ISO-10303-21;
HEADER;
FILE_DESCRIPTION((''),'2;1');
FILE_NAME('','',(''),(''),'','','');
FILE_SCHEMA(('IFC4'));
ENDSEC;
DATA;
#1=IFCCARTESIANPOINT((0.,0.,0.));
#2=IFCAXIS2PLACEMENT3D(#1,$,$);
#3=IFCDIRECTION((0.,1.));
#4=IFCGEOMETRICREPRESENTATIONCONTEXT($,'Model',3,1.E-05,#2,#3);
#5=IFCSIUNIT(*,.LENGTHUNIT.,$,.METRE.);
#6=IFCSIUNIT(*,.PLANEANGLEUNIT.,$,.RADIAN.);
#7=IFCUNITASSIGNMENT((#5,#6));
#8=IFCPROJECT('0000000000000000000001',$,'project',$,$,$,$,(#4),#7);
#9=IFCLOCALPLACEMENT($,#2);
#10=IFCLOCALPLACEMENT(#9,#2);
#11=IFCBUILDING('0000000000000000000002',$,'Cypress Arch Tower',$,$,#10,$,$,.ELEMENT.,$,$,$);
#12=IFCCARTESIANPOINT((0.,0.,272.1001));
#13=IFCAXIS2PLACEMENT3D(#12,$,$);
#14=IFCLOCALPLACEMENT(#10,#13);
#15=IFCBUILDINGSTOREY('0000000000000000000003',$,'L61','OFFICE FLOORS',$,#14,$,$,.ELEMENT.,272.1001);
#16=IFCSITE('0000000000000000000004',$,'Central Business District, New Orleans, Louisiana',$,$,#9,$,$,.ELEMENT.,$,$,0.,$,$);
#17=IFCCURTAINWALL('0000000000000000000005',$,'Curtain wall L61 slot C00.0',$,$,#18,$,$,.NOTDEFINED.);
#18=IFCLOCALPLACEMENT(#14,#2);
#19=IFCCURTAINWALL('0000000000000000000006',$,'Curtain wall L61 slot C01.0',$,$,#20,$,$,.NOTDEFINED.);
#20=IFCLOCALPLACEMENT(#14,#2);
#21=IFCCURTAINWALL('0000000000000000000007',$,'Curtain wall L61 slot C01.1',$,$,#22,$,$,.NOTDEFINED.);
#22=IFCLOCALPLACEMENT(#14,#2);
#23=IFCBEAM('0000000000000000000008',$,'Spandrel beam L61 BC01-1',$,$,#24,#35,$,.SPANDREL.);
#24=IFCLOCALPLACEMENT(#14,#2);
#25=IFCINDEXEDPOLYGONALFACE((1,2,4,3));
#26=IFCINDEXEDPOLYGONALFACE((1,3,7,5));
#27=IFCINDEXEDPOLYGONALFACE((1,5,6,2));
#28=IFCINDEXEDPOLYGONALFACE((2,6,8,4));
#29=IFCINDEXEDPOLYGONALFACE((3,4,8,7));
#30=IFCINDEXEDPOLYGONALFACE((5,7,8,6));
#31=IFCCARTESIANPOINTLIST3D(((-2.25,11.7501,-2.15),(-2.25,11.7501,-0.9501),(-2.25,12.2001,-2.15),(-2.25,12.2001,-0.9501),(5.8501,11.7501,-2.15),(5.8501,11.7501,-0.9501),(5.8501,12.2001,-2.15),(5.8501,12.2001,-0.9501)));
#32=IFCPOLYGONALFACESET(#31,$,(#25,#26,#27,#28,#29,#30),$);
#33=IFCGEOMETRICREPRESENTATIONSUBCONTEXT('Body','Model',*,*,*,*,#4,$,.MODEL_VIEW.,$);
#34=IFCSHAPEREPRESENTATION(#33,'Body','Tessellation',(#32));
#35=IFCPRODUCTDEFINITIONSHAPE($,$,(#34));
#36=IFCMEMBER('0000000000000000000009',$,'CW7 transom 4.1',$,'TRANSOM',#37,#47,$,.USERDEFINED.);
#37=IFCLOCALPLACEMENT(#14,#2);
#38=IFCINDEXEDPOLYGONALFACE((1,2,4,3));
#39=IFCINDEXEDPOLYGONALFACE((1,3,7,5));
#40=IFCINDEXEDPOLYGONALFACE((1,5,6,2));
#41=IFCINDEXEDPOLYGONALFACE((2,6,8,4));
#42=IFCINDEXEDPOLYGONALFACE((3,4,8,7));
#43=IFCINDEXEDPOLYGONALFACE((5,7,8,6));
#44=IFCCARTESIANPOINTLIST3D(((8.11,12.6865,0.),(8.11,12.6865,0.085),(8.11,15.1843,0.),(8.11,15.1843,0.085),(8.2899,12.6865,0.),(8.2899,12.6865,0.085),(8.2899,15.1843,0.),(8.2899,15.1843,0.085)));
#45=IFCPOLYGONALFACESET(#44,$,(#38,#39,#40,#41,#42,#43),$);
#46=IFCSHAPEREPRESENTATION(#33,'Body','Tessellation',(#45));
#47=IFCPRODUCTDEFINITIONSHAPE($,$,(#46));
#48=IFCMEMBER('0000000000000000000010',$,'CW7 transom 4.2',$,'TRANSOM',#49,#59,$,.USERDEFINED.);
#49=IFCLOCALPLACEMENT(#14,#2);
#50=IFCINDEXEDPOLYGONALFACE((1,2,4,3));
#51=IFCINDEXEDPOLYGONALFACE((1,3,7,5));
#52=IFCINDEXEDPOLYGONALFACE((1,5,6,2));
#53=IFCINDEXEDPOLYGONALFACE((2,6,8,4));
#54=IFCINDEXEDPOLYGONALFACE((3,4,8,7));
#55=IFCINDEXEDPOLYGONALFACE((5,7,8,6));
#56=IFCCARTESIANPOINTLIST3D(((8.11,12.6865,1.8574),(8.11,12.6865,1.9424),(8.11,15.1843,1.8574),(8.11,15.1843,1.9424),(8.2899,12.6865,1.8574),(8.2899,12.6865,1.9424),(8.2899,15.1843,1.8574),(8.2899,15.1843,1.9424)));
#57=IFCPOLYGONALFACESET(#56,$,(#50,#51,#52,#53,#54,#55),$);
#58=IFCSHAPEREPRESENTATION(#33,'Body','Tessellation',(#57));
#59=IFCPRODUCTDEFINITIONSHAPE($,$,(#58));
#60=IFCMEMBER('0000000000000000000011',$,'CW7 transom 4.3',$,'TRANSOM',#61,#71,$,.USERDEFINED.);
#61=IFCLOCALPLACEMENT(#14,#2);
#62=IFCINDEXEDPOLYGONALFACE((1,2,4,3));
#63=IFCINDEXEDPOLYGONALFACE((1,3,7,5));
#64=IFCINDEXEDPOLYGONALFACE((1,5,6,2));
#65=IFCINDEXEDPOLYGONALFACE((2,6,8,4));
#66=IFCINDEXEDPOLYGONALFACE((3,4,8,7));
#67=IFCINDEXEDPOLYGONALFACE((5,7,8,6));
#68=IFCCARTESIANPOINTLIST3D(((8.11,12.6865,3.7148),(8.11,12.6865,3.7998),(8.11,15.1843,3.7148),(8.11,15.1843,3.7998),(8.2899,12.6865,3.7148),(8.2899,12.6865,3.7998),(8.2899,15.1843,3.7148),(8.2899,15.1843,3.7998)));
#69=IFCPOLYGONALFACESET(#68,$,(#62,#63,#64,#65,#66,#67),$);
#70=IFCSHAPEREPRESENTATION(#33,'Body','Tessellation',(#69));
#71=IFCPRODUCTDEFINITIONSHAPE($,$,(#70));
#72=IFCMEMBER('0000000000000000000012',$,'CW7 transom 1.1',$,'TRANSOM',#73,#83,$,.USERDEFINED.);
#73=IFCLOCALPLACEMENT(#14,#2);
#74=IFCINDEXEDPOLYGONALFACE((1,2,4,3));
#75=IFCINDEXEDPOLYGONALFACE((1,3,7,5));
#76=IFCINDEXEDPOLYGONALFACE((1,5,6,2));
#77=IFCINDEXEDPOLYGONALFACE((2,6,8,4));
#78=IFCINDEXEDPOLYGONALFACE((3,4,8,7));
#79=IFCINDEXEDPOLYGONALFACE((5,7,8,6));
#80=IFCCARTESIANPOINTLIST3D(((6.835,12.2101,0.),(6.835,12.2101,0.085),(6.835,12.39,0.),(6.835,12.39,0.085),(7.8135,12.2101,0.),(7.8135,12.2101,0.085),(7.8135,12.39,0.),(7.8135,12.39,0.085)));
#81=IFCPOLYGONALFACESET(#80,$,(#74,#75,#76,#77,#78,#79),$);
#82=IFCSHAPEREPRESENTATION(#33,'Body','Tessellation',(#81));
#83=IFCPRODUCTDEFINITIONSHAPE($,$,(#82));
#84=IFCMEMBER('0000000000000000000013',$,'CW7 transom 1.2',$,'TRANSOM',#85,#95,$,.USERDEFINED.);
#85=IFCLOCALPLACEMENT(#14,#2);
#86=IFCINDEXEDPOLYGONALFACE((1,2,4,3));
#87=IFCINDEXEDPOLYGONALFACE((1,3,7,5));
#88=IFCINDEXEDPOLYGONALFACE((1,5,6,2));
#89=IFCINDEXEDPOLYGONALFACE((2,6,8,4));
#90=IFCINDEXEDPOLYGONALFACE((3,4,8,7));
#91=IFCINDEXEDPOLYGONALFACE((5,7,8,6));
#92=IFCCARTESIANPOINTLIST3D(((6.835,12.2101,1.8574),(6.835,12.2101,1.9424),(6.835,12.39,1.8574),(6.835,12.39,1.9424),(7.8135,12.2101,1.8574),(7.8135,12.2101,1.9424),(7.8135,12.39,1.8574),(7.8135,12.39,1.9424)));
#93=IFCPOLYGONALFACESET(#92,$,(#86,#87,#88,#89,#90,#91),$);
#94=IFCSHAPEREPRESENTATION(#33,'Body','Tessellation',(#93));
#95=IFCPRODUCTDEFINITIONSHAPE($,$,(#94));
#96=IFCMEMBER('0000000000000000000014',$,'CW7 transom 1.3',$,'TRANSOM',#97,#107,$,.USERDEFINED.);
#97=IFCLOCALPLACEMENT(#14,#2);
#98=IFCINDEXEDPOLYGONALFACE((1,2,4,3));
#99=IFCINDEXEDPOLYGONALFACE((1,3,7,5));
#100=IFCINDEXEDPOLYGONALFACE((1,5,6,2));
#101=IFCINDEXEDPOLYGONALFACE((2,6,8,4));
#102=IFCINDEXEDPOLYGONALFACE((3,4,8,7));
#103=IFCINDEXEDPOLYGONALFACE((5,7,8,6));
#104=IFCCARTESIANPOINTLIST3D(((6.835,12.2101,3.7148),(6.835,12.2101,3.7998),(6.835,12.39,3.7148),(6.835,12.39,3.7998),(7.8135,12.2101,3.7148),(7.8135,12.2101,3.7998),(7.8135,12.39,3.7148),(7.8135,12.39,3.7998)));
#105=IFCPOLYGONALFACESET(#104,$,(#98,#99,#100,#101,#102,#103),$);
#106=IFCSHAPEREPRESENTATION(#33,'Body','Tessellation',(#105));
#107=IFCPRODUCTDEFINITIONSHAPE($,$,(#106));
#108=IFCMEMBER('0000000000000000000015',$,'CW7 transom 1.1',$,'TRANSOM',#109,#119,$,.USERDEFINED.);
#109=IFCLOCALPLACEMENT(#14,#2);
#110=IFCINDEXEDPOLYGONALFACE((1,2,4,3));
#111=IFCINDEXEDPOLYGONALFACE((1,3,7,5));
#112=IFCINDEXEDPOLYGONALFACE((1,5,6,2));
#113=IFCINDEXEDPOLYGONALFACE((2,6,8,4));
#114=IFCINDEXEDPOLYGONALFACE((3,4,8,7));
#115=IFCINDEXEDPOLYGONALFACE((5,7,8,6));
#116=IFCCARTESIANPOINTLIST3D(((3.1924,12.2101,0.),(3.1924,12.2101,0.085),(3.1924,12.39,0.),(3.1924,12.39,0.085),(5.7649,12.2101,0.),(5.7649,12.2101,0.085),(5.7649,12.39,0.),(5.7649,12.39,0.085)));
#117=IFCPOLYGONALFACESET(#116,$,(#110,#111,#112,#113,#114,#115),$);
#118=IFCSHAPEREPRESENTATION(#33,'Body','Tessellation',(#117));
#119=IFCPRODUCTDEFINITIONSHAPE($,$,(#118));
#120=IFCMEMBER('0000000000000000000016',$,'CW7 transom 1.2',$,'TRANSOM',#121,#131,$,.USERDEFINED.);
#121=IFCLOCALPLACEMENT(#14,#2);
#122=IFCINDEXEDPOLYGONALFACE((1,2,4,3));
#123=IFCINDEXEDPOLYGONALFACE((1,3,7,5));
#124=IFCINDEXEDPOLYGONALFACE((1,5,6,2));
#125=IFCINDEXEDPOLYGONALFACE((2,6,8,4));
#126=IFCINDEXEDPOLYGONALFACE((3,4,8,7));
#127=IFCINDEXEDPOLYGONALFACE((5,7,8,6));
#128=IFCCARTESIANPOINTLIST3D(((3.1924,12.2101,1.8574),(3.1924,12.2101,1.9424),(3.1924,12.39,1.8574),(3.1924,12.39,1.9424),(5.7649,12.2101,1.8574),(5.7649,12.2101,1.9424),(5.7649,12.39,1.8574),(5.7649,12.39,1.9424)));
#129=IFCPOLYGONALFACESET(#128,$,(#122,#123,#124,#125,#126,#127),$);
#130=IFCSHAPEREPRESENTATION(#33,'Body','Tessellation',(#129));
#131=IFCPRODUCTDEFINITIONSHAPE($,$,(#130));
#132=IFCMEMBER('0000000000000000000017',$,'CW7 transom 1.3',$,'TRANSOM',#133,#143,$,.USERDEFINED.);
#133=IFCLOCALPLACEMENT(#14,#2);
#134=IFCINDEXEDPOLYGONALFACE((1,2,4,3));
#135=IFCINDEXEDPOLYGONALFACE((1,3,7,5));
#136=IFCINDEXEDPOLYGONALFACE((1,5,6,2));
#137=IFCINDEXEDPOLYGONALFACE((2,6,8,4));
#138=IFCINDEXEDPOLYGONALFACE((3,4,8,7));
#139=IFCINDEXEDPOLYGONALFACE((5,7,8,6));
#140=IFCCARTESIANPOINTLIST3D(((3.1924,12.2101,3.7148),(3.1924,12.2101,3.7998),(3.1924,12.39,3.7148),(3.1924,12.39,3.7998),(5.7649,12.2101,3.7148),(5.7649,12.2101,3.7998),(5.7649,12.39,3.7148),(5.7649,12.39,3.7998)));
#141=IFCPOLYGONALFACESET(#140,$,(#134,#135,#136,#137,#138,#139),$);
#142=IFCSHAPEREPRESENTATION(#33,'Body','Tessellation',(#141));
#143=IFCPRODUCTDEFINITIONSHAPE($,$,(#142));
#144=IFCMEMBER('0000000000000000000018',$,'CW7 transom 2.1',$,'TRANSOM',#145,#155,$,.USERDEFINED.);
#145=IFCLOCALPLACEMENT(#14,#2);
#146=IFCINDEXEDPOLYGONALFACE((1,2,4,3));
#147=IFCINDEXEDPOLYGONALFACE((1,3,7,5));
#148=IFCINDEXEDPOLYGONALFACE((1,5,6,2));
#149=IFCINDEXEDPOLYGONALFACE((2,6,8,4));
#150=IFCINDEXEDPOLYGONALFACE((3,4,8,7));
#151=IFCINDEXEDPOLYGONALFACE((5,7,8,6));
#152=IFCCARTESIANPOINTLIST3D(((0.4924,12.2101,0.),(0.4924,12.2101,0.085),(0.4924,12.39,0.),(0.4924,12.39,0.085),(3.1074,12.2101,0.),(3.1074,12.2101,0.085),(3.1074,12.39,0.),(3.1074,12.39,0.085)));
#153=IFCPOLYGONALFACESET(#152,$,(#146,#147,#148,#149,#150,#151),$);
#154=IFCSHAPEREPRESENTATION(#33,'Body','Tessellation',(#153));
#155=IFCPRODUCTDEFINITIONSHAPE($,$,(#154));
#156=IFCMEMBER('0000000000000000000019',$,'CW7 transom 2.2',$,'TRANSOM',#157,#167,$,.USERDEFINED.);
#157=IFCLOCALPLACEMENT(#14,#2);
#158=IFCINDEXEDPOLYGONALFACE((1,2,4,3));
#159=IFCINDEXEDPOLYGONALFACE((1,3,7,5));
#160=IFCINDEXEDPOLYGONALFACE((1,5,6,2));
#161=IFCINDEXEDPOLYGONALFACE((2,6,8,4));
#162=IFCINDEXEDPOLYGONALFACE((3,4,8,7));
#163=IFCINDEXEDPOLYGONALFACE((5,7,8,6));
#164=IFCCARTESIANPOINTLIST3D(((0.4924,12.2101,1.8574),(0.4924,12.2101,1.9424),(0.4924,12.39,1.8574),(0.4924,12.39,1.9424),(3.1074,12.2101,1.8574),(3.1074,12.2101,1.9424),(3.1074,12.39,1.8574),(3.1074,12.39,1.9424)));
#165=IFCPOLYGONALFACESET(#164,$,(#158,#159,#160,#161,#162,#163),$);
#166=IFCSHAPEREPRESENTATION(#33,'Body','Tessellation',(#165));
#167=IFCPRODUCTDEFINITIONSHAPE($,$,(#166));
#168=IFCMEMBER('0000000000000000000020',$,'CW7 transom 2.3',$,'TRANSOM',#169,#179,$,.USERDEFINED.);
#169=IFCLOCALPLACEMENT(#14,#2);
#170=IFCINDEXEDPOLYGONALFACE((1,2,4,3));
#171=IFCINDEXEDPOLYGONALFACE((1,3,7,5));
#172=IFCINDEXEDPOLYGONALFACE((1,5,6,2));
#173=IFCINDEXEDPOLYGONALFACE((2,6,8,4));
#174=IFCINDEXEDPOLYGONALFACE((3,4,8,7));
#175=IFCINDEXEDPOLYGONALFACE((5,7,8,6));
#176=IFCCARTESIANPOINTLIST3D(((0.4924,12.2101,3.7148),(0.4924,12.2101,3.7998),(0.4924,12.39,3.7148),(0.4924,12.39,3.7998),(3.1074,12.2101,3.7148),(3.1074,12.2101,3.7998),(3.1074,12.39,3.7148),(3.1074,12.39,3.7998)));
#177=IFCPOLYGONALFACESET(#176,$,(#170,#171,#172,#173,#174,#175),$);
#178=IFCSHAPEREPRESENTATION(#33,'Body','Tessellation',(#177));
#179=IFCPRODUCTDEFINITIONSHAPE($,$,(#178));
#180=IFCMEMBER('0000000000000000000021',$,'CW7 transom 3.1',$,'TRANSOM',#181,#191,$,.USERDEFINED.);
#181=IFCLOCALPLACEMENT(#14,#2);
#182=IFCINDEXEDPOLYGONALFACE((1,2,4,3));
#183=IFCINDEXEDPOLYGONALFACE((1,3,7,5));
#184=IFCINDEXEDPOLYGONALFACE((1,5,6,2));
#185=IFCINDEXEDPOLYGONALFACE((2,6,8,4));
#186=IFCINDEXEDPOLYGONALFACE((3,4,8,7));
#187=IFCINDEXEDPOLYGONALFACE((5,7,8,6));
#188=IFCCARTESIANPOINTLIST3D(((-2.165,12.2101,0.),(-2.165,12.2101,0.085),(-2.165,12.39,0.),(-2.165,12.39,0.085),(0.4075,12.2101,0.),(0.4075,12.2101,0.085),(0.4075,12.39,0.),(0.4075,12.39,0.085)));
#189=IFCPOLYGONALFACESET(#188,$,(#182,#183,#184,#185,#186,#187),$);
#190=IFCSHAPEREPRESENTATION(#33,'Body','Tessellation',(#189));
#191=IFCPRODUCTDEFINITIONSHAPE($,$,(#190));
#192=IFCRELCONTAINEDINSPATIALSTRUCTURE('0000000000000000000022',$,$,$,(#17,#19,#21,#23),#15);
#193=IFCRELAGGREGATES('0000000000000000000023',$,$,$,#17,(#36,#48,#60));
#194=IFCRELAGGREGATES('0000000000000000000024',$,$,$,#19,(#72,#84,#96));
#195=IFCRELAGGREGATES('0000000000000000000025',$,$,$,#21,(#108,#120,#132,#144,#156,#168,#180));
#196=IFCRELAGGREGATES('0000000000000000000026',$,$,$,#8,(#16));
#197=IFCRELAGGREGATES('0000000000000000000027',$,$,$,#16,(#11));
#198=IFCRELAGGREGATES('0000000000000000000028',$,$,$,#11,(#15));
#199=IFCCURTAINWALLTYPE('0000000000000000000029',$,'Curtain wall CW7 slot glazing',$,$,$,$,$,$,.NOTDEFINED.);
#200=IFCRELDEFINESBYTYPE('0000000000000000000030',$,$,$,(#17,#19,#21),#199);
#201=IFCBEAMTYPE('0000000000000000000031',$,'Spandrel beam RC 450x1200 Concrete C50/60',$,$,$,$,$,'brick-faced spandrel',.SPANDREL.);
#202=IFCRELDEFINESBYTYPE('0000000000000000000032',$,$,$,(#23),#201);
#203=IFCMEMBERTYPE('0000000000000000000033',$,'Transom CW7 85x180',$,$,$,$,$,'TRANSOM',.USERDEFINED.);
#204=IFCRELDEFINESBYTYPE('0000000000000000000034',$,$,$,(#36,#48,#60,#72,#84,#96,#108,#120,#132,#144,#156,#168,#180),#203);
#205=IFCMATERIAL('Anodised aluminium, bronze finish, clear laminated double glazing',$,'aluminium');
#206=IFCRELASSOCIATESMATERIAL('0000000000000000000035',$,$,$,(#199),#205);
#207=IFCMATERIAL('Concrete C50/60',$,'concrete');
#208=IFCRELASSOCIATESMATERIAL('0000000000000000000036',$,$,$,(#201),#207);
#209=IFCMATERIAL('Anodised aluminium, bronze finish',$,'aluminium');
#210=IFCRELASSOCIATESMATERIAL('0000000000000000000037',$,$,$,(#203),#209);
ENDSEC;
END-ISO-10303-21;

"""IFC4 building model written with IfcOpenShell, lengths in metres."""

from ifc_helpers import new_model, si_unit, direction, frame, origin, origin_2d, place, context, subcontext, project, spatial, rectangle, extrude, material, material_profile, profile_set, type_object, element, aggregate, save


model = new_model("IFC4")

# Units and contexts
model_context = context("Model", 3, precision=1e-05, world=origin(), true_north=direction((0.0, 1.0)))
body_context = subcontext(model_context, "Body", "Model", "MODEL_VIEW")
ifc_project = project(units=[si_unit("LENGTHUNIT", "METRE"), si_unit("PLANEANGLEUNIT", "RADIAN")], contexts=[model_context])

# Site, building, storey
site_placement = place(None, origin())
site = spatial("IfcSite", under=ifc_project, at=site_placement, Name="Central Business District, New Orleans, Louisiana", CompositionType="ELEMENT", RefElevation=0.0)
building_placement = place(site_placement, origin())
building = spatial("IfcBuilding", under=site, at=building_placement, Name="Cypress Arch Tower", CompositionType="ELEMENT")
storey_placement = place(building_placement, frame((0.0, 0.0, 272.1001)))
storey = spatial("IfcBuildingStorey", under=building, at=storey_placement, Name="L61", Description="OFFICE FLOORS", CompositionType="ELEMENT", Elevation=272.1001)

# Curtain walls
ifc_material_1 = material(Name="Anodised aluminium, bronze finish, clear laminated double glazing", Category="aluminium")
curtain_wall_type = type_object("IfcCurtainWallType", Name="Curtain wall CW7 slot glazing", PredefinedType="NOTDEFINED", material=ifc_material_1)
curtain_wall_1_placement = place(storey_placement, origin())
curtain_wall_1 = element("IfcCurtainWall", 1, at=curtain_wall_1_placement, inside=storey, type_object=curtain_wall_type, Name="Curtain wall L61 slot C00.0", PredefinedType="NOTDEFINED")
curtain_wall_2_placement = place(storey_placement, origin())
curtain_wall_2 = element("IfcCurtainWall", 2, at=curtain_wall_2_placement, inside=storey, type_object=curtain_wall_type, Name="Curtain wall L61 slot C01.0", PredefinedType="NOTDEFINED")
curtain_wall_3_placement = place(storey_placement, origin())
curtain_wall_3 = element("IfcCurtainWall", 3, at=curtain_wall_3_placement, inside=storey, type_object=curtain_wall_type, Name="Curtain wall L61 slot C01.1", PredefinedType="NOTDEFINED")

# Beam
ifc_material_2 = material(Name="Concrete C50/60", Category="concrete")
ifc_material_profile_1 = material_profile(ifc_material_2, rectangle(XDim=0.45, YDim=1.2, at=origin_2d()), Name="RC 450x1200")
ifc_profile_set_1 = profile_set([ifc_material_profile_1], Name="Concrete C50/60")
beam_type_1 = type_object("IfcBeamType", Name="Spandrel beam RC 450x1200 Concrete C50/60", ElementType="brick-faced spandrel", PredefinedType="SPANDREL", material=ifc_profile_set_1)
beam_1_placement = place(storey_placement, frame((5.8501, 11.9751, -1.55), z_axis=(-1.0, 0.0, 0.0), x_axis=(0.0, -1.0, 0.0)))
element("IfcBeam", 4, at=beam_1_placement, inside=storey, type_object=beam_type_1, Name="Spandrel beam L61 BC01-1", PredefinedType="SPANDREL", context=body_context, shape_type="SweptSolid", body=[
    extrude(rectangle(XDim=0.45, YDim=1.2, at=origin_2d()), origin(), (0.0, 0.0, 1.0), 8.1001),
])

# Members
ifc_material_3 = material(Name="Anodised aluminium, bronze finish", Category="aluminium")
ifc_material_profile_2 = material_profile(ifc_material_3, rectangle(XDim=0.1799, YDim=0.085, at=origin_2d()), Name="Transom 85x180")
ifc_profile_set_2 = profile_set([ifc_material_profile_2], Name="Anodised aluminium, bronze finish")
member_type_1 = type_object("IfcMemberType", Name="Transom CW7 85x180", ElementType="TRANSOM", PredefinedType="USERDEFINED", material=ifc_profile_set_2)
member_1_placement = place(storey_placement, frame((8.2, 15.1843, 0.0425), z_axis=(0.0, -1.0, 0.0), x_axis=(1.0, 0.0, 0.0)))
member_1 = element("IfcMember", 5, at=member_1_placement, type_object=member_type_1, Name="CW7 transom 4.1", ObjectType="TRANSOM", PredefinedType="USERDEFINED", context=body_context, shape_type="SweptSolid", body=[
    extrude(rectangle(XDim=0.1799, YDim=0.085, at=origin_2d()), origin(), (0.0, 0.0, 1.0), 2.4978),
])
member_2_placement = place(storey_placement, frame((8.2, 15.1843, 1.8999), z_axis=(0.0, -1.0, 0.0), x_axis=(1.0, 0.0, 0.0)))
member_2 = element("IfcMember", 6, at=member_2_placement, type_object=member_type_1, Name="CW7 transom 4.2", ObjectType="TRANSOM", PredefinedType="USERDEFINED", context=body_context, shape_type="SweptSolid", body=[
    extrude(rectangle(XDim=0.1799, YDim=0.085, at=origin_2d()), origin(), (0.0, 0.0, 1.0), 2.4978),
])
member_3_placement = place(storey_placement, frame((8.2, 15.1843, 3.7573), z_axis=(0.0, -1.0, 0.0), x_axis=(1.0, 0.0, 0.0)))
member_3 = element("IfcMember", 7, at=member_3_placement, type_object=member_type_1, Name="CW7 transom 4.3", ObjectType="TRANSOM", PredefinedType="USERDEFINED", context=body_context, shape_type="SweptSolid", body=[
    extrude(rectangle(XDim=0.1799, YDim=0.085, at=origin_2d()), origin(), (0.0, 0.0, 1.0), 2.4978),
])
member_4_placement = place(storey_placement, frame((7.8135, 12.3, 0.0425), z_axis=(-1.0, 0.0, 0.0), x_axis=(0.0, -1.0, 0.0)))
member_4 = element("IfcMember", 8, at=member_4_placement, type_object=member_type_1, Name="CW7 transom 1.1", ObjectType="TRANSOM", PredefinedType="USERDEFINED", context=body_context, shape_type="SweptSolid", body=[
    extrude(rectangle(XDim=0.1799, YDim=0.085, at=origin_2d()), origin(), (0.0, 0.0, 1.0), 0.9785),
])
member_5_placement = place(storey_placement, frame((7.8135, 12.3, 1.8999), z_axis=(-1.0, 0.0, 0.0), x_axis=(0.0, -1.0, 0.0)))
member_5 = element("IfcMember", 9, at=member_5_placement, type_object=member_type_1, Name="CW7 transom 1.2", ObjectType="TRANSOM", PredefinedType="USERDEFINED", context=body_context, shape_type="SweptSolid", body=[
    extrude(rectangle(XDim=0.1799, YDim=0.085, at=origin_2d()), origin(), (0.0, 0.0, 1.0), 0.9785),
])
member_6_placement = place(storey_placement, frame((7.8135, 12.3, 3.7573), z_axis=(-1.0, 0.0, 0.0), x_axis=(0.0, -1.0, 0.0)))
member_6 = element("IfcMember", 10, at=member_6_placement, type_object=member_type_1, Name="CW7 transom 1.3", ObjectType="TRANSOM", PredefinedType="USERDEFINED", context=body_context, shape_type="SweptSolid", body=[
    extrude(rectangle(XDim=0.1799, YDim=0.085, at=origin_2d()), origin(), (0.0, 0.0, 1.0), 0.9785),
])
member_7_placement = place(storey_placement, frame((5.7649, 12.3, 0.0425), z_axis=(-1.0, 0.0, 0.0), x_axis=(0.0, -1.0, 0.0)))
member_7 = element("IfcMember", 11, at=member_7_placement, type_object=member_type_1, Name="CW7 transom 1.1", ObjectType="TRANSOM", PredefinedType="USERDEFINED", context=body_context, shape_type="SweptSolid", body=[
    extrude(rectangle(XDim=0.1799, YDim=0.085, at=origin_2d()), origin(), (0.0, 0.0, 1.0), 2.5725),
])
member_8_placement = place(storey_placement, frame((5.7649, 12.3, 1.8999), z_axis=(-1.0, 0.0, 0.0), x_axis=(0.0, -1.0, 0.0)))
member_8 = element("IfcMember", 12, at=member_8_placement, type_object=member_type_1, Name="CW7 transom 1.2", ObjectType="TRANSOM", PredefinedType="USERDEFINED", context=body_context, shape_type="SweptSolid", body=[
    extrude(rectangle(XDim=0.1799, YDim=0.085, at=origin_2d()), origin(), (0.0, 0.0, 1.0), 2.5725),
])
member_9_placement = place(storey_placement, frame((5.7649, 12.3, 3.7573), z_axis=(-1.0, 0.0, 0.0), x_axis=(0.0, -1.0, 0.0)))
member_9 = element("IfcMember", 13, at=member_9_placement, type_object=member_type_1, Name="CW7 transom 1.3", ObjectType="TRANSOM", PredefinedType="USERDEFINED", context=body_context, shape_type="SweptSolid", body=[
    extrude(rectangle(XDim=0.1799, YDim=0.085, at=origin_2d()), origin(), (0.0, 0.0, 1.0), 2.5725),
])
member_10_placement = place(storey_placement, frame((3.1074, 12.3, 0.0425), z_axis=(-1.0, 0.0, 0.0), x_axis=(0.0, -1.0, 0.0)))
member_10 = element("IfcMember", 14, at=member_10_placement, type_object=member_type_1, Name="CW7 transom 2.1", ObjectType="TRANSOM", PredefinedType="USERDEFINED", context=body_context, shape_type="SweptSolid", body=[
    extrude(rectangle(XDim=0.1799, YDim=0.085, at=origin_2d()), origin(), (0.0, 0.0, 1.0), 2.615),
])
member_11_placement = place(storey_placement, frame((3.1074, 12.3, 1.8999), z_axis=(-1.0, 0.0, 0.0), x_axis=(0.0, -1.0, 0.0)))
member_11 = element("IfcMember", 15, at=member_11_placement, type_object=member_type_1, Name="CW7 transom 2.2", ObjectType="TRANSOM", PredefinedType="USERDEFINED", context=body_context, shape_type="SweptSolid", body=[
    extrude(rectangle(XDim=0.1799, YDim=0.085, at=origin_2d()), origin(), (0.0, 0.0, 1.0), 2.615),
])
member_12_placement = place(storey_placement, frame((3.1074, 12.3, 3.7573), z_axis=(-1.0, 0.0, 0.0), x_axis=(0.0, -1.0, 0.0)))
member_12 = element("IfcMember", 16, at=member_12_placement, type_object=member_type_1, Name="CW7 transom 2.3", ObjectType="TRANSOM", PredefinedType="USERDEFINED", context=body_context, shape_type="SweptSolid", body=[
    extrude(rectangle(XDim=0.1799, YDim=0.085, at=origin_2d()), origin(), (0.0, 0.0, 1.0), 2.615),
])
member_13_placement = place(storey_placement, frame((0.4075, 12.3, 0.0425), z_axis=(-1.0, 0.0, 0.0), x_axis=(0.0, -1.0, 0.0)))
member_13 = element("IfcMember", 17, at=member_13_placement, type_object=member_type_1, Name="CW7 transom 3.1", ObjectType="TRANSOM", PredefinedType="USERDEFINED", context=body_context, shape_type="SweptSolid", body=[
    extrude(rectangle(XDim=0.1799, YDim=0.085, at=origin_2d()), origin(), (0.0, 0.0, 1.0), 2.5725),
])

aggregate(curtain_wall_1, [member_1, member_2, member_3])
aggregate(curtain_wall_2, [member_4, member_5, member_6])
aggregate(curtain_wall_3, [member_7, member_8, member_9, member_10, member_11, member_12, member_13])

save(model, "model.ifc")
